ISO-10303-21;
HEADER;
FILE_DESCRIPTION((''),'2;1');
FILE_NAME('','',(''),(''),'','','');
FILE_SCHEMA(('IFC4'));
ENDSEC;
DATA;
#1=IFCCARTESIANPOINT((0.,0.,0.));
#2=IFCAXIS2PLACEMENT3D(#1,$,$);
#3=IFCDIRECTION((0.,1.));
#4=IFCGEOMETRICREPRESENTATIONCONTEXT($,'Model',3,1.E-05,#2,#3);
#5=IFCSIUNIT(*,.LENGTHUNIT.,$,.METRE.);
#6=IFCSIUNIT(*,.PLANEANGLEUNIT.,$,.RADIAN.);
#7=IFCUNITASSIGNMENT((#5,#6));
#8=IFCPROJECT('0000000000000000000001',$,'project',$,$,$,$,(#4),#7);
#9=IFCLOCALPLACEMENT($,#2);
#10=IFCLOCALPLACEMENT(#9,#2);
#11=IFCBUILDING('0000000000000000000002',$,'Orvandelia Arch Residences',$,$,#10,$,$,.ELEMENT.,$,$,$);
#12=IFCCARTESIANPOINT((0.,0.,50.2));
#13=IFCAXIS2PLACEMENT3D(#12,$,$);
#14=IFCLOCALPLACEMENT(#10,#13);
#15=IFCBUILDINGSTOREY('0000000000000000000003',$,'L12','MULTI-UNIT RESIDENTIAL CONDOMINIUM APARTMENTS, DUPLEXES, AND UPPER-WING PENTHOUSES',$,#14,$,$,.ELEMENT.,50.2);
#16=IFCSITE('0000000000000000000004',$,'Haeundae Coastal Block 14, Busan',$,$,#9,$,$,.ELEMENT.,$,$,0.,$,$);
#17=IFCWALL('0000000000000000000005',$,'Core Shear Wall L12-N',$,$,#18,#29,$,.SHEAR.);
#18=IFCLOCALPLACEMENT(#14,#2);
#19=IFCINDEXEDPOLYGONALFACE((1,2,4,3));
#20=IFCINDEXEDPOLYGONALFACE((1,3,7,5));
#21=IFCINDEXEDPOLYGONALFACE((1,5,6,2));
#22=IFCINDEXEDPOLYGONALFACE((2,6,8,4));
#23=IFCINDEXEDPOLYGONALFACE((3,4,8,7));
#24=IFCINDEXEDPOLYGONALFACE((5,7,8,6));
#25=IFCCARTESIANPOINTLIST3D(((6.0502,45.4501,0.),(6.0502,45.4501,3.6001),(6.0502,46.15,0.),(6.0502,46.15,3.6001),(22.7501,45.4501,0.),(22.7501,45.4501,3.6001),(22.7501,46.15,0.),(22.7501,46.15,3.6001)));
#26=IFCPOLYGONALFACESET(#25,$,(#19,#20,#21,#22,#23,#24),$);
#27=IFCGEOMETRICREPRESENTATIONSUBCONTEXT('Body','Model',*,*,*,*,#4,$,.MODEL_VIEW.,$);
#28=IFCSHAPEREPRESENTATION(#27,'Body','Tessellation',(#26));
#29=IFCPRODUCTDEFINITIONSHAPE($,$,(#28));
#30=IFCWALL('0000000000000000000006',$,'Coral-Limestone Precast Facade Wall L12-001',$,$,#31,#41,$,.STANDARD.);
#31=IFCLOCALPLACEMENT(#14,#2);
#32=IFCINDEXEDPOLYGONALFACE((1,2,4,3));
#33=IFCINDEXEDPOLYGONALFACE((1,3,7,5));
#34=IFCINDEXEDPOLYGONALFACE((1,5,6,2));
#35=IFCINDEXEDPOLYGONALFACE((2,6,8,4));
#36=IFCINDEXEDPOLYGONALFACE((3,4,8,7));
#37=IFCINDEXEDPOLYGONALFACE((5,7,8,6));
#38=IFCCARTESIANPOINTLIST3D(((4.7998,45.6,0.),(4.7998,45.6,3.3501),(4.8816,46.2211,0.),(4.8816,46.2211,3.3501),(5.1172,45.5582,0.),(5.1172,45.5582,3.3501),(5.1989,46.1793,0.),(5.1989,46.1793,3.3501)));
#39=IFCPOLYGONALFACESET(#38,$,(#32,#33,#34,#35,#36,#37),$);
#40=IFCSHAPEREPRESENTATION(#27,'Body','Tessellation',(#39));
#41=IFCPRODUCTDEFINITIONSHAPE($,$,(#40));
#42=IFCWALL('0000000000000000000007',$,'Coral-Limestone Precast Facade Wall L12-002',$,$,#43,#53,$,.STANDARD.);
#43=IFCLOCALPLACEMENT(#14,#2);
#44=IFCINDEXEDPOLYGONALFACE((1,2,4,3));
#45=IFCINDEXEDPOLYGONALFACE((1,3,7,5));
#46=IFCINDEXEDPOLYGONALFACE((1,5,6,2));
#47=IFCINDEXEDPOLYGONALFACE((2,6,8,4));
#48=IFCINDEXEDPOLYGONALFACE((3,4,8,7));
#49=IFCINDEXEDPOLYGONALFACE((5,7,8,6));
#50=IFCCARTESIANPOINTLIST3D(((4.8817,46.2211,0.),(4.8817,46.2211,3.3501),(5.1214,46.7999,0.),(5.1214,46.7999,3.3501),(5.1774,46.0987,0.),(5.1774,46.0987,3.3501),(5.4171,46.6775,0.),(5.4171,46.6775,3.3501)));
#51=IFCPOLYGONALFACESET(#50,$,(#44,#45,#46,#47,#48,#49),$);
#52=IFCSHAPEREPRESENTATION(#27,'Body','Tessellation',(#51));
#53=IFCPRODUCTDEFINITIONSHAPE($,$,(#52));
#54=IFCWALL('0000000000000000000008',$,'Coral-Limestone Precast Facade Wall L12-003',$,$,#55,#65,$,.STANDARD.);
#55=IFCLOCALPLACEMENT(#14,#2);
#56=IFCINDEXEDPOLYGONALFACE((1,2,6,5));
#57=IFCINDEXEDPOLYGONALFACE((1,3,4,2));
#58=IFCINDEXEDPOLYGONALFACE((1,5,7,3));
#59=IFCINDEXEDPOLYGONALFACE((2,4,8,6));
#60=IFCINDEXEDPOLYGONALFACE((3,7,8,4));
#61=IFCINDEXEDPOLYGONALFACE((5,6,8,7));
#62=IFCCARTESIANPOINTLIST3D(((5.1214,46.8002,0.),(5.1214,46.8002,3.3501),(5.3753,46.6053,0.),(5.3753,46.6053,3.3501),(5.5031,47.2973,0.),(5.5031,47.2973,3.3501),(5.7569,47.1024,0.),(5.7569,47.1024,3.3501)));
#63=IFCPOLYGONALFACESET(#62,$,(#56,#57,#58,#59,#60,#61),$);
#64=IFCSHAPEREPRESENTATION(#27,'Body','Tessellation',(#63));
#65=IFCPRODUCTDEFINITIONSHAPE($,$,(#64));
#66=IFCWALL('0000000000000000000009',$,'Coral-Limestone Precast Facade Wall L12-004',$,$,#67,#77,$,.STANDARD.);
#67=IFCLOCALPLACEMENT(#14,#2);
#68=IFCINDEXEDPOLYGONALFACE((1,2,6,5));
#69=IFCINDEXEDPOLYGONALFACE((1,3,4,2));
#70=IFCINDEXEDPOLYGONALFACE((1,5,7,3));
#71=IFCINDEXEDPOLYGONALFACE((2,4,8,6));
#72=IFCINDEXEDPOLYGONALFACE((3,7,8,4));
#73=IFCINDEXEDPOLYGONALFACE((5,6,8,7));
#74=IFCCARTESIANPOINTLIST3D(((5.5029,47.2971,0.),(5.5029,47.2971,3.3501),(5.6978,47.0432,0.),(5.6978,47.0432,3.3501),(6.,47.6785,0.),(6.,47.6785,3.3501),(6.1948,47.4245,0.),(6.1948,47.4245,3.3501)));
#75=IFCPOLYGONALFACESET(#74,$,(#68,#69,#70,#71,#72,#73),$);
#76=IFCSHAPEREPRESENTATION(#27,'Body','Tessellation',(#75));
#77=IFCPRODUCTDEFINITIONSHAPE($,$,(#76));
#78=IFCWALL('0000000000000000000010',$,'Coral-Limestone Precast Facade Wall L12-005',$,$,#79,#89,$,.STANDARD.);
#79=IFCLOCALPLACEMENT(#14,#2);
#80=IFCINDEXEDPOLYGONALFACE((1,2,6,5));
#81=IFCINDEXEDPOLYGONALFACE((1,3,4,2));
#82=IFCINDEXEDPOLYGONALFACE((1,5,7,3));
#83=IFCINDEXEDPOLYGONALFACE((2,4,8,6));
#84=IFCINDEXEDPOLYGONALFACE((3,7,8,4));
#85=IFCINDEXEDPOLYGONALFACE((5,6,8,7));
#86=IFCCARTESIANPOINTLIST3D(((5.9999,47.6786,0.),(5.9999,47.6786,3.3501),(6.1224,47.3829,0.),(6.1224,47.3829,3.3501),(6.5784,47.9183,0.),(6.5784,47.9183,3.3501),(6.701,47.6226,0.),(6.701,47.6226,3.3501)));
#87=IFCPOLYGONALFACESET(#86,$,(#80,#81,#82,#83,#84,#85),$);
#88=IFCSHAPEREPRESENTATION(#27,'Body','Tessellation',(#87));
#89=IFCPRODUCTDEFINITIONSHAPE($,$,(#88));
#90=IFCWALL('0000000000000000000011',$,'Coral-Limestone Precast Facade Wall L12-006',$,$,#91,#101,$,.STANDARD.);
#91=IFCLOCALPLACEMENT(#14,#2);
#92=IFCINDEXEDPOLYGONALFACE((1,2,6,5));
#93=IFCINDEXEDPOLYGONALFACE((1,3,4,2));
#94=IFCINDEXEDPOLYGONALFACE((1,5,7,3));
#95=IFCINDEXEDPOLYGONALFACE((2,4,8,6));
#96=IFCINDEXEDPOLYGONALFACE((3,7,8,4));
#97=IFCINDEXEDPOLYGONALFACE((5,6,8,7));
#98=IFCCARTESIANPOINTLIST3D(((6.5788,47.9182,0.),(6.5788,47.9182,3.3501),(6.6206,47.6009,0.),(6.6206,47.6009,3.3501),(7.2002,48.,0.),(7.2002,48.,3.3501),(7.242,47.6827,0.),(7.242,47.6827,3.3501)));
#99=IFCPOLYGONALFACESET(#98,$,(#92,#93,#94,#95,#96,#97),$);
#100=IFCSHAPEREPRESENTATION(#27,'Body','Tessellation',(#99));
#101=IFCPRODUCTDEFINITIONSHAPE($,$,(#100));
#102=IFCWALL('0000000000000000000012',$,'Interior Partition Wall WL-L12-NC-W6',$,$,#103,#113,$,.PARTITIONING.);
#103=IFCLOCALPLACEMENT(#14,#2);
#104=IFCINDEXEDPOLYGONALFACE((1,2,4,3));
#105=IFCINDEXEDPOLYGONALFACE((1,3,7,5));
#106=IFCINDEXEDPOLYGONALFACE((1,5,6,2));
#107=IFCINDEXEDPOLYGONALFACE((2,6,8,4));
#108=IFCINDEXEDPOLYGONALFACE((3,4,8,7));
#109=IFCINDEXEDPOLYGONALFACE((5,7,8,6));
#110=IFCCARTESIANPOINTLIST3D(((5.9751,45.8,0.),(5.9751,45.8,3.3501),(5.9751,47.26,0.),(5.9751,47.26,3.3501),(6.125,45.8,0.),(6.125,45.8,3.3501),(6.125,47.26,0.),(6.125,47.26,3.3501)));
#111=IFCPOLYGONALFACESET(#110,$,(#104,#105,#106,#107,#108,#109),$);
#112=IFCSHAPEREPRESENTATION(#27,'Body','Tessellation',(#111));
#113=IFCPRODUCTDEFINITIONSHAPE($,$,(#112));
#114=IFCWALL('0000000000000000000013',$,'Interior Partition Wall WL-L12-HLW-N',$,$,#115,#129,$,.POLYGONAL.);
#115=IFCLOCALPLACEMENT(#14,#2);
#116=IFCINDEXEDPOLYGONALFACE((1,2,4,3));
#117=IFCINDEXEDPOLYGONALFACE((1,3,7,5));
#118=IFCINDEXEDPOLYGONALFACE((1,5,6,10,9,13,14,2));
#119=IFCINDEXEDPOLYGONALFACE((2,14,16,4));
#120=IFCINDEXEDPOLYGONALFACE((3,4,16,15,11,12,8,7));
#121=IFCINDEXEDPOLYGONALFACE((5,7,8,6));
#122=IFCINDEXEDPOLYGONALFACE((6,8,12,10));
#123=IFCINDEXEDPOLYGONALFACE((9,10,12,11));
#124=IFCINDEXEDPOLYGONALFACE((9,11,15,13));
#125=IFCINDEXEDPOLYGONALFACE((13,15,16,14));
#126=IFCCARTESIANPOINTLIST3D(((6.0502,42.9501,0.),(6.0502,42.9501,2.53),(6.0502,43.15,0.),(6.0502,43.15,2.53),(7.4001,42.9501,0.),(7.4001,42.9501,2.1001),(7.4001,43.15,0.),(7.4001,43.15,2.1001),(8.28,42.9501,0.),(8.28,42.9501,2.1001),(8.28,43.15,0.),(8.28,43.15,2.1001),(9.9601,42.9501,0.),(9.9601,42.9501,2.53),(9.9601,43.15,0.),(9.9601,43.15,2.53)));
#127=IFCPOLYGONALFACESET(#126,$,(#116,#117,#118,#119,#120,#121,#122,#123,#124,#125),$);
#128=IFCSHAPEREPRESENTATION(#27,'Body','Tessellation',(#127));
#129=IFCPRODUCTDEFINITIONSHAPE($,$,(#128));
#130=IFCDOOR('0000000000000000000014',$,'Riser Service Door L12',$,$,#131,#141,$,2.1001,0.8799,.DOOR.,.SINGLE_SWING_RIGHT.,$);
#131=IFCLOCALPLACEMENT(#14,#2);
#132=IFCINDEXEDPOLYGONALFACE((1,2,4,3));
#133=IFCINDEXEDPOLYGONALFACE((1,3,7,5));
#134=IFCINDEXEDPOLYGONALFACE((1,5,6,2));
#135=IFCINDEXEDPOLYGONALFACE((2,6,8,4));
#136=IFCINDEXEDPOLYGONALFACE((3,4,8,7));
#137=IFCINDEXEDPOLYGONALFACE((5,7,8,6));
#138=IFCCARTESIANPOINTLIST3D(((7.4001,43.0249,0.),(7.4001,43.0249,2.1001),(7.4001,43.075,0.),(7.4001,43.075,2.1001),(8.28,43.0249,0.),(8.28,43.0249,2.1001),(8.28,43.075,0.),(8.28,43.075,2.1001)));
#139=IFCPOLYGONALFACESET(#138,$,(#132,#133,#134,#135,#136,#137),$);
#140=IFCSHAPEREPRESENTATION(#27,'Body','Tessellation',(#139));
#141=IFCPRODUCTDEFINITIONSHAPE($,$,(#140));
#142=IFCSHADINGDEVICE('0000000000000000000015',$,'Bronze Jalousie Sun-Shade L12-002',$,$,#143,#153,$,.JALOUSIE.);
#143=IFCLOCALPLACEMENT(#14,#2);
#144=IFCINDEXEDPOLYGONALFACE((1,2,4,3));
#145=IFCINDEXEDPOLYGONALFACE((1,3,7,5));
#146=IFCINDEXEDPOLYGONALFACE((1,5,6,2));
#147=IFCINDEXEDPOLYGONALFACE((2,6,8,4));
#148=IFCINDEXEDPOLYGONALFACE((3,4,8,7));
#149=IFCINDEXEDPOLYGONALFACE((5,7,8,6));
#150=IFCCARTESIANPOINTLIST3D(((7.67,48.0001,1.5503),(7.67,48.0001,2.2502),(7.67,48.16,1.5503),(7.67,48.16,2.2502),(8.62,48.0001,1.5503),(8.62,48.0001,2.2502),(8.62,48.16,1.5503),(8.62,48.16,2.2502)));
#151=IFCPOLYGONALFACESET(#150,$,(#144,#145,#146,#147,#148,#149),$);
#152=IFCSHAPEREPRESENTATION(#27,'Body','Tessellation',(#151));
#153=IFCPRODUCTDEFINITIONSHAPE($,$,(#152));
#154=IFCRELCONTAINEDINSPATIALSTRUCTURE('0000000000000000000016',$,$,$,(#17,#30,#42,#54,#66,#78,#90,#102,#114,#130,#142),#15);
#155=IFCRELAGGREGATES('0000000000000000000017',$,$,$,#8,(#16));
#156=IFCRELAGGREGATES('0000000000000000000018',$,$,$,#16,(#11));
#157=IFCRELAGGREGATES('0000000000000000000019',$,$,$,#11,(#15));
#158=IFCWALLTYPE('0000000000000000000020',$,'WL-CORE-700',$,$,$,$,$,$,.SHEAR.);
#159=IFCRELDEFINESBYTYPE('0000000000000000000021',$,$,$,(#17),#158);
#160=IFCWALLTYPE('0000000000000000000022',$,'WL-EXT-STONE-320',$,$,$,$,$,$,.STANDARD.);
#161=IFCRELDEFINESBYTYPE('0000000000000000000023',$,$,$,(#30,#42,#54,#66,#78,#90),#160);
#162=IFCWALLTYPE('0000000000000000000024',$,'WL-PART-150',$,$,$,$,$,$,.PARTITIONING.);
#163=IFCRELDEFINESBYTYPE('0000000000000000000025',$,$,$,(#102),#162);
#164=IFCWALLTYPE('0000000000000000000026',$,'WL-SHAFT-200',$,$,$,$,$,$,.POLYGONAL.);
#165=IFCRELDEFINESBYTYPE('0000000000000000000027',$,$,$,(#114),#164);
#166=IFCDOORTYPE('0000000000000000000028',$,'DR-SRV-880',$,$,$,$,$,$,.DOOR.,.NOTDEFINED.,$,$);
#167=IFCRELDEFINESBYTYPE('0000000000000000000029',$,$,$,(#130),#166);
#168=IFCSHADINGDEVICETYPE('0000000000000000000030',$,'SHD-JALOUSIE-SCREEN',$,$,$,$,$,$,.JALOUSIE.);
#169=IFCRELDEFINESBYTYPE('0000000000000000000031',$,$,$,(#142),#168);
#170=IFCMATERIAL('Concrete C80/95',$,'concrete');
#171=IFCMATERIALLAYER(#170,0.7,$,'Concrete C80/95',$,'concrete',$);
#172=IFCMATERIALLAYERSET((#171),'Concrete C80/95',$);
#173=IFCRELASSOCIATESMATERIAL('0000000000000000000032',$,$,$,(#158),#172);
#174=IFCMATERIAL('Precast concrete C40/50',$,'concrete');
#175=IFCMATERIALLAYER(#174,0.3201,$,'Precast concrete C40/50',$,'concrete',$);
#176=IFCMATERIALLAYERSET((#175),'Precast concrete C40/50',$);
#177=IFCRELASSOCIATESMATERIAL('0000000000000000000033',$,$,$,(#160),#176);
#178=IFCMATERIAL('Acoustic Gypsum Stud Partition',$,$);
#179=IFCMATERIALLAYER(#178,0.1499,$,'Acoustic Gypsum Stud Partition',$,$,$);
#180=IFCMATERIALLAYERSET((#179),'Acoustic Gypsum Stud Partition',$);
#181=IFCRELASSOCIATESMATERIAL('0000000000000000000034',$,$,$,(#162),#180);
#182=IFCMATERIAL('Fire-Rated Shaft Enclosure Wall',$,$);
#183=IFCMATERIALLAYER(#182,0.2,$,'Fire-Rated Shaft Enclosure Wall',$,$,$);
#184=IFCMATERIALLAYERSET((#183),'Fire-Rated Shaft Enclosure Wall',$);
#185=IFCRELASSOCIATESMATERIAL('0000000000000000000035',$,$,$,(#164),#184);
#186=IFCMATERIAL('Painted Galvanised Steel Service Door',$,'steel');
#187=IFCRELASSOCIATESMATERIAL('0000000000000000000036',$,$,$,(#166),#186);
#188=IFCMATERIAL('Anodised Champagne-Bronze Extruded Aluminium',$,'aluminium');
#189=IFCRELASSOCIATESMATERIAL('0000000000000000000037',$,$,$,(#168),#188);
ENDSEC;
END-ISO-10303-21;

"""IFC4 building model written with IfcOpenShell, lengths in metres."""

from ifc_helpers import new_model, si_unit, direction, frame, frame_2d, origin, origin_2d, place, context, subcontext, project, spatial, rectangle, extrude, material, layer, layer_set, type_object, element, fill, save


model = new_model("IFC4")

# Units and contexts
model_context = context("Model", 3, precision=1e-05, world=origin(), true_north=direction((0.0, 1.0)))
body_context = subcontext(model_context, "Body", "Model", "MODEL_VIEW")
ifc_project = project(units=[si_unit("LENGTHUNIT", "METRE"), si_unit("PLANEANGLEUNIT", "RADIAN")], contexts=[model_context])

# Site, building, storey
site_placement = place(None, origin())
site = spatial("IfcSite", under=ifc_project, at=site_placement, Name="Haeundae Coastal Block 14, Busan", CompositionType="ELEMENT", RefElevation=0.0)
building_placement = place(site_placement, origin())
building = spatial("IfcBuilding", under=site, at=building_placement, Name="Orvandelia Arch Residences", CompositionType="ELEMENT")
storey_placement = place(building_placement, frame((0.0, 0.0, 50.2)))
storey = spatial("IfcBuildingStorey", under=building, at=storey_placement, Name="L12", Description="MULTI-UNIT RESIDENTIAL CONDOMINIUM APARTMENTS, DUPLEXES, AND UPPER-WING PENTHOUSES", CompositionType="ELEMENT", Elevation=50.2)

# Shared definitions
ifc_material_1 = material(Name="Concrete C80/95", Category="concrete")

# Walls
ifc_layer_1 = layer(ifc_material_1, 0.7, Name="Concrete C80/95", Category="concrete")
ifc_layer_set_1 = layer_set([ifc_layer_1], Name="Concrete C80/95")
wall_type_1 = type_object("IfcWallType", Name="WL-CORE-700", PredefinedType="SHEAR", material=ifc_layer_set_1)
wall_1_placement = place(storey_placement, frame((6.05, 45.8, 0.0), z_axis=(0.0, 0.0, 1.0), x_axis=(1.0, 0.0, 0.0)))
element("IfcWall", 1, at=wall_1_placement, inside=storey, type_object=wall_type_1, Name="Core Shear Wall L12-N", PredefinedType="SHEAR", context=body_context, shape_type="SweptSolid", body=[
    extrude(rectangle(XDim=16.7, YDim=0.7, at=frame_2d((8.3501, 0.0))), origin(), (0.0, 0.0, 1.0), 3.6001),
])
ifc_material_2 = material(Name="Precast concrete C40/50", Category="concrete")
ifc_layer_2 = layer(ifc_material_2, 0.3201, Name="Precast concrete C40/50", Category="concrete")
ifc_layer_set_2 = layer_set([ifc_layer_2], Name="Precast concrete C40/50")
wall_type_2 = type_object("IfcWallType", Name="WL-EXT-STONE-320", PredefinedType="STANDARD", material=ifc_layer_set_2)
for number, where, z_axis, x_axis, name in (
    (2, (4.9585, 45.5791, 0.0), (0.0, 0.0, 1.0), (0.130555, 0.991441, 0.0), "Coral-Limestone Precast Facade Wall L12-001"),
    (3, (5.0295, 46.1599, 0.0), (0.0, 0.0, 1.0), (0.38265, 0.923893, 0.0), "Coral-Limestone Precast Facade Wall L12-002"),
):
    element("IfcWall", number, at=place(storey_placement, frame(where, z_axis=z_axis, x_axis=x_axis)), inside=storey, type_object=wall_type_2, Name=name, PredefinedType="STANDARD", context=body_context, shape_type="SweptSolid", body=[
        extrude(rectangle(XDim=0.6265, YDim=0.3201, at=frame_2d((0.3132, 0.0))), origin(), (0.0, 0.0, 1.0), 3.3501),
    ])
wall_2_placement = place(storey_placement, frame((5.2483, 46.7026, 0.0), z_axis=(0.0, 0.0, 1.0), x_axis=(0.608939, 0.793217, 0.0)))
element("IfcWall", 4, at=wall_2_placement, inside=storey, type_object=wall_type_2, Name="Coral-Limestone Precast Facade Wall L12-003", PredefinedType="STANDARD", context=body_context, shape_type="SweptSolid", body=[
    extrude(rectangle(XDim=0.6267, YDim=0.3201, at=frame_2d((0.3135, 0.0))), origin(), (0.0, 0.0, 1.0), 3.3501),
])
wall_3_placement = place(storey_placement, frame((5.6003, 47.1702, 0.0), z_axis=(0.0, 0.0, 1.0), x_axis=(0.793406, 0.608693, 0.0)))
element("IfcWall", 5, at=wall_3_placement, inside=storey, type_object=wall_type_2, Name="Coral-Limestone Precast Facade Wall L12-004", PredefinedType="STANDARD", context=body_context, shape_type="SweptSolid", body=[
    extrude(rectangle(XDim=0.6265, YDim=0.3201, at=frame_2d((0.3132, 0.0))), origin(), (0.0, 0.0, 1.0), 3.3501),
])
wall_4_placement = place(storey_placement, frame((6.0613, 47.5308, 0.0), z_axis=(0.0, 0.0, 1.0), x_axis=(0.923836, 0.382788, 0.0)))
element("IfcWall", 6, at=wall_4_placement, inside=storey, type_object=wall_type_2, Name="Coral-Limestone Precast Facade Wall L12-005", PredefinedType="STANDARD", context=body_context, shape_type="SweptSolid", body=[
    extrude(rectangle(XDim=0.6262, YDim=0.3201, at=frame_2d((0.313, 0.0))), origin(), (0.0, 0.0, 1.0), 3.3501),
])
wall_5_placement = place(storey_placement, frame((6.5996, 47.7595, 0.0), z_axis=(0.0, 0.0, 1.0), x_axis=(0.991448, 0.130505, 0.0)))
element("IfcWall", 7, at=wall_5_placement, inside=storey, type_object=wall_type_2, Name="Coral-Limestone Precast Facade Wall L12-006", PredefinedType="STANDARD", context=body_context, shape_type="SweptSolid", body=[
    extrude(rectangle(XDim=0.6267, YDim=0.3201, at=frame_2d((0.3135, 0.0))), origin(), (0.0, 0.0, 1.0), 3.3501),
])

# Wall
ifc_material_3 = material(Name="Acoustic Gypsum Stud Partition")
ifc_layer_3 = layer(ifc_material_3, 0.1499, Name="Acoustic Gypsum Stud Partition")
ifc_layer_set_3 = layer_set([ifc_layer_3], Name="Acoustic Gypsum Stud Partition")
wall_type_3 = type_object("IfcWallType", Name="WL-PART-150", PredefinedType="PARTITIONING", material=ifc_layer_set_3)
wall_6_placement = place(storey_placement, frame((6.05, 45.8, 0.0), z_axis=(0.0, 0.0, 1.0), x_axis=(0.0, 1.0, 0.0)))
element("IfcWall", 8, at=wall_6_placement, inside=storey, type_object=wall_type_3, Name="Interior Partition Wall WL-L12-NC-W6", PredefinedType="PARTITIONING", context=body_context, shape_type="SweptSolid", body=[
    extrude(rectangle(XDim=1.46, YDim=0.1499, at=frame_2d((0.73, 0.0))), origin(), (0.0, 0.0, 1.0), 3.3501),
])

# Wall, opening, door
ifc_material_4 = material(Name="Fire-Rated Shaft Enclosure Wall")
ifc_layer_4 = layer(ifc_material_4, 0.2, Name="Fire-Rated Shaft Enclosure Wall")
ifc_layer_set_4 = layer_set([ifc_layer_4], Name="Fire-Rated Shaft Enclosure Wall")
wall_type_4 = type_object("IfcWallType", Name="WL-SHAFT-200", PredefinedType="POLYGONAL", material=ifc_layer_set_4)
wall_7_placement = place(storey_placement, frame((6.05, 43.05, 0.0), z_axis=(0.0, 0.0, 1.0), x_axis=(1.0, 0.0, 0.0)))
wall_7 = element("IfcWall", 9, at=wall_7_placement, inside=storey, type_object=wall_type_4, Name="Interior Partition Wall WL-L12-HLW-N", PredefinedType="POLYGONAL", context=body_context, shape_type="SweptSolid", body=[
    extrude(rectangle(XDim=3.9099, YDim=0.2, at=frame_2d((1.9551, 0.0))), origin(), (0.0, 0.0, 1.0), 2.53),
])
opening_1_placement = place(wall_7_placement, frame((1.3501, 0.0, 0.0)))
opening_1 = element("IfcOpeningElement", 10, at=opening_1_placement, cuts=wall_7, PredefinedType="OPENING", context=body_context, shape_type="SweptSolid", body=[
    extrude(rectangle(XDim=0.8799, YDim=2.1001, at=frame_2d((0.4399, 1.05))), frame((0.0, 0.1099, 0.0), z_axis=(0.0, -1.0, 0.0), x_axis=(1.0, 0.0, 0.0)), (0.0, 0.0, 1.0), 0.22),
])
ifc_material_5 = material(Name="Painted Galvanised Steel Service Door", Category="steel")
door_type = type_object("IfcDoorType", Name="DR-SRV-880", OperationType="NOTDEFINED", PredefinedType="DOOR", material=ifc_material_5)
door_placement = place(opening_1_placement, origin())
door = element("IfcDoor", 11, at=door_placement, inside=storey, type_object=door_type, Name="Riser Service Door L12", OperationType="SINGLE_SWING_RIGHT", OverallHeight=2.1001, OverallWidth=0.8799, PredefinedType="DOOR", context=body_context, shape_type="SweptSolid", body=[
    extrude(rectangle(XDim=0.8799, YDim=2.1001, at=frame_2d((0.4399, 1.05))), frame((0.0, 0.0249, 0.0), z_axis=(0.0, -1.0, 0.0), x_axis=(1.0, 0.0, 0.0)), (0.0, 0.0, 1.0), 0.05),
])
fill(opening_1, door)

# Shading device
ifc_material_6 = material(Name="Anodised Champagne-Bronze Extruded Aluminium", Category="aluminium")
shading_device_type = type_object("IfcShadingDeviceType", Name="SHD-JALOUSIE-SCREEN", PredefinedType="JALOUSIE", material=ifc_material_6)
shading_device_placement = place(storey_placement, frame((8.145, 48.0801, 1.5503), z_axis=(0.0, 0.0, 1.0), x_axis=(1.0, 0.0, 0.0)))
element("IfcShadingDevice", 12, at=shading_device_placement, inside=storey, type_object=shading_device_type, Name="Bronze Jalousie Sun-Shade L12-002", PredefinedType="JALOUSIE", context=body_context, shape_type="SweptSolid", body=[
    extrude(rectangle(XDim=0.95, YDim=0.1599, at=origin_2d()), origin(), (0.0, 0.0, 1.0), 0.7),
])

save(model, "model.ifc")
